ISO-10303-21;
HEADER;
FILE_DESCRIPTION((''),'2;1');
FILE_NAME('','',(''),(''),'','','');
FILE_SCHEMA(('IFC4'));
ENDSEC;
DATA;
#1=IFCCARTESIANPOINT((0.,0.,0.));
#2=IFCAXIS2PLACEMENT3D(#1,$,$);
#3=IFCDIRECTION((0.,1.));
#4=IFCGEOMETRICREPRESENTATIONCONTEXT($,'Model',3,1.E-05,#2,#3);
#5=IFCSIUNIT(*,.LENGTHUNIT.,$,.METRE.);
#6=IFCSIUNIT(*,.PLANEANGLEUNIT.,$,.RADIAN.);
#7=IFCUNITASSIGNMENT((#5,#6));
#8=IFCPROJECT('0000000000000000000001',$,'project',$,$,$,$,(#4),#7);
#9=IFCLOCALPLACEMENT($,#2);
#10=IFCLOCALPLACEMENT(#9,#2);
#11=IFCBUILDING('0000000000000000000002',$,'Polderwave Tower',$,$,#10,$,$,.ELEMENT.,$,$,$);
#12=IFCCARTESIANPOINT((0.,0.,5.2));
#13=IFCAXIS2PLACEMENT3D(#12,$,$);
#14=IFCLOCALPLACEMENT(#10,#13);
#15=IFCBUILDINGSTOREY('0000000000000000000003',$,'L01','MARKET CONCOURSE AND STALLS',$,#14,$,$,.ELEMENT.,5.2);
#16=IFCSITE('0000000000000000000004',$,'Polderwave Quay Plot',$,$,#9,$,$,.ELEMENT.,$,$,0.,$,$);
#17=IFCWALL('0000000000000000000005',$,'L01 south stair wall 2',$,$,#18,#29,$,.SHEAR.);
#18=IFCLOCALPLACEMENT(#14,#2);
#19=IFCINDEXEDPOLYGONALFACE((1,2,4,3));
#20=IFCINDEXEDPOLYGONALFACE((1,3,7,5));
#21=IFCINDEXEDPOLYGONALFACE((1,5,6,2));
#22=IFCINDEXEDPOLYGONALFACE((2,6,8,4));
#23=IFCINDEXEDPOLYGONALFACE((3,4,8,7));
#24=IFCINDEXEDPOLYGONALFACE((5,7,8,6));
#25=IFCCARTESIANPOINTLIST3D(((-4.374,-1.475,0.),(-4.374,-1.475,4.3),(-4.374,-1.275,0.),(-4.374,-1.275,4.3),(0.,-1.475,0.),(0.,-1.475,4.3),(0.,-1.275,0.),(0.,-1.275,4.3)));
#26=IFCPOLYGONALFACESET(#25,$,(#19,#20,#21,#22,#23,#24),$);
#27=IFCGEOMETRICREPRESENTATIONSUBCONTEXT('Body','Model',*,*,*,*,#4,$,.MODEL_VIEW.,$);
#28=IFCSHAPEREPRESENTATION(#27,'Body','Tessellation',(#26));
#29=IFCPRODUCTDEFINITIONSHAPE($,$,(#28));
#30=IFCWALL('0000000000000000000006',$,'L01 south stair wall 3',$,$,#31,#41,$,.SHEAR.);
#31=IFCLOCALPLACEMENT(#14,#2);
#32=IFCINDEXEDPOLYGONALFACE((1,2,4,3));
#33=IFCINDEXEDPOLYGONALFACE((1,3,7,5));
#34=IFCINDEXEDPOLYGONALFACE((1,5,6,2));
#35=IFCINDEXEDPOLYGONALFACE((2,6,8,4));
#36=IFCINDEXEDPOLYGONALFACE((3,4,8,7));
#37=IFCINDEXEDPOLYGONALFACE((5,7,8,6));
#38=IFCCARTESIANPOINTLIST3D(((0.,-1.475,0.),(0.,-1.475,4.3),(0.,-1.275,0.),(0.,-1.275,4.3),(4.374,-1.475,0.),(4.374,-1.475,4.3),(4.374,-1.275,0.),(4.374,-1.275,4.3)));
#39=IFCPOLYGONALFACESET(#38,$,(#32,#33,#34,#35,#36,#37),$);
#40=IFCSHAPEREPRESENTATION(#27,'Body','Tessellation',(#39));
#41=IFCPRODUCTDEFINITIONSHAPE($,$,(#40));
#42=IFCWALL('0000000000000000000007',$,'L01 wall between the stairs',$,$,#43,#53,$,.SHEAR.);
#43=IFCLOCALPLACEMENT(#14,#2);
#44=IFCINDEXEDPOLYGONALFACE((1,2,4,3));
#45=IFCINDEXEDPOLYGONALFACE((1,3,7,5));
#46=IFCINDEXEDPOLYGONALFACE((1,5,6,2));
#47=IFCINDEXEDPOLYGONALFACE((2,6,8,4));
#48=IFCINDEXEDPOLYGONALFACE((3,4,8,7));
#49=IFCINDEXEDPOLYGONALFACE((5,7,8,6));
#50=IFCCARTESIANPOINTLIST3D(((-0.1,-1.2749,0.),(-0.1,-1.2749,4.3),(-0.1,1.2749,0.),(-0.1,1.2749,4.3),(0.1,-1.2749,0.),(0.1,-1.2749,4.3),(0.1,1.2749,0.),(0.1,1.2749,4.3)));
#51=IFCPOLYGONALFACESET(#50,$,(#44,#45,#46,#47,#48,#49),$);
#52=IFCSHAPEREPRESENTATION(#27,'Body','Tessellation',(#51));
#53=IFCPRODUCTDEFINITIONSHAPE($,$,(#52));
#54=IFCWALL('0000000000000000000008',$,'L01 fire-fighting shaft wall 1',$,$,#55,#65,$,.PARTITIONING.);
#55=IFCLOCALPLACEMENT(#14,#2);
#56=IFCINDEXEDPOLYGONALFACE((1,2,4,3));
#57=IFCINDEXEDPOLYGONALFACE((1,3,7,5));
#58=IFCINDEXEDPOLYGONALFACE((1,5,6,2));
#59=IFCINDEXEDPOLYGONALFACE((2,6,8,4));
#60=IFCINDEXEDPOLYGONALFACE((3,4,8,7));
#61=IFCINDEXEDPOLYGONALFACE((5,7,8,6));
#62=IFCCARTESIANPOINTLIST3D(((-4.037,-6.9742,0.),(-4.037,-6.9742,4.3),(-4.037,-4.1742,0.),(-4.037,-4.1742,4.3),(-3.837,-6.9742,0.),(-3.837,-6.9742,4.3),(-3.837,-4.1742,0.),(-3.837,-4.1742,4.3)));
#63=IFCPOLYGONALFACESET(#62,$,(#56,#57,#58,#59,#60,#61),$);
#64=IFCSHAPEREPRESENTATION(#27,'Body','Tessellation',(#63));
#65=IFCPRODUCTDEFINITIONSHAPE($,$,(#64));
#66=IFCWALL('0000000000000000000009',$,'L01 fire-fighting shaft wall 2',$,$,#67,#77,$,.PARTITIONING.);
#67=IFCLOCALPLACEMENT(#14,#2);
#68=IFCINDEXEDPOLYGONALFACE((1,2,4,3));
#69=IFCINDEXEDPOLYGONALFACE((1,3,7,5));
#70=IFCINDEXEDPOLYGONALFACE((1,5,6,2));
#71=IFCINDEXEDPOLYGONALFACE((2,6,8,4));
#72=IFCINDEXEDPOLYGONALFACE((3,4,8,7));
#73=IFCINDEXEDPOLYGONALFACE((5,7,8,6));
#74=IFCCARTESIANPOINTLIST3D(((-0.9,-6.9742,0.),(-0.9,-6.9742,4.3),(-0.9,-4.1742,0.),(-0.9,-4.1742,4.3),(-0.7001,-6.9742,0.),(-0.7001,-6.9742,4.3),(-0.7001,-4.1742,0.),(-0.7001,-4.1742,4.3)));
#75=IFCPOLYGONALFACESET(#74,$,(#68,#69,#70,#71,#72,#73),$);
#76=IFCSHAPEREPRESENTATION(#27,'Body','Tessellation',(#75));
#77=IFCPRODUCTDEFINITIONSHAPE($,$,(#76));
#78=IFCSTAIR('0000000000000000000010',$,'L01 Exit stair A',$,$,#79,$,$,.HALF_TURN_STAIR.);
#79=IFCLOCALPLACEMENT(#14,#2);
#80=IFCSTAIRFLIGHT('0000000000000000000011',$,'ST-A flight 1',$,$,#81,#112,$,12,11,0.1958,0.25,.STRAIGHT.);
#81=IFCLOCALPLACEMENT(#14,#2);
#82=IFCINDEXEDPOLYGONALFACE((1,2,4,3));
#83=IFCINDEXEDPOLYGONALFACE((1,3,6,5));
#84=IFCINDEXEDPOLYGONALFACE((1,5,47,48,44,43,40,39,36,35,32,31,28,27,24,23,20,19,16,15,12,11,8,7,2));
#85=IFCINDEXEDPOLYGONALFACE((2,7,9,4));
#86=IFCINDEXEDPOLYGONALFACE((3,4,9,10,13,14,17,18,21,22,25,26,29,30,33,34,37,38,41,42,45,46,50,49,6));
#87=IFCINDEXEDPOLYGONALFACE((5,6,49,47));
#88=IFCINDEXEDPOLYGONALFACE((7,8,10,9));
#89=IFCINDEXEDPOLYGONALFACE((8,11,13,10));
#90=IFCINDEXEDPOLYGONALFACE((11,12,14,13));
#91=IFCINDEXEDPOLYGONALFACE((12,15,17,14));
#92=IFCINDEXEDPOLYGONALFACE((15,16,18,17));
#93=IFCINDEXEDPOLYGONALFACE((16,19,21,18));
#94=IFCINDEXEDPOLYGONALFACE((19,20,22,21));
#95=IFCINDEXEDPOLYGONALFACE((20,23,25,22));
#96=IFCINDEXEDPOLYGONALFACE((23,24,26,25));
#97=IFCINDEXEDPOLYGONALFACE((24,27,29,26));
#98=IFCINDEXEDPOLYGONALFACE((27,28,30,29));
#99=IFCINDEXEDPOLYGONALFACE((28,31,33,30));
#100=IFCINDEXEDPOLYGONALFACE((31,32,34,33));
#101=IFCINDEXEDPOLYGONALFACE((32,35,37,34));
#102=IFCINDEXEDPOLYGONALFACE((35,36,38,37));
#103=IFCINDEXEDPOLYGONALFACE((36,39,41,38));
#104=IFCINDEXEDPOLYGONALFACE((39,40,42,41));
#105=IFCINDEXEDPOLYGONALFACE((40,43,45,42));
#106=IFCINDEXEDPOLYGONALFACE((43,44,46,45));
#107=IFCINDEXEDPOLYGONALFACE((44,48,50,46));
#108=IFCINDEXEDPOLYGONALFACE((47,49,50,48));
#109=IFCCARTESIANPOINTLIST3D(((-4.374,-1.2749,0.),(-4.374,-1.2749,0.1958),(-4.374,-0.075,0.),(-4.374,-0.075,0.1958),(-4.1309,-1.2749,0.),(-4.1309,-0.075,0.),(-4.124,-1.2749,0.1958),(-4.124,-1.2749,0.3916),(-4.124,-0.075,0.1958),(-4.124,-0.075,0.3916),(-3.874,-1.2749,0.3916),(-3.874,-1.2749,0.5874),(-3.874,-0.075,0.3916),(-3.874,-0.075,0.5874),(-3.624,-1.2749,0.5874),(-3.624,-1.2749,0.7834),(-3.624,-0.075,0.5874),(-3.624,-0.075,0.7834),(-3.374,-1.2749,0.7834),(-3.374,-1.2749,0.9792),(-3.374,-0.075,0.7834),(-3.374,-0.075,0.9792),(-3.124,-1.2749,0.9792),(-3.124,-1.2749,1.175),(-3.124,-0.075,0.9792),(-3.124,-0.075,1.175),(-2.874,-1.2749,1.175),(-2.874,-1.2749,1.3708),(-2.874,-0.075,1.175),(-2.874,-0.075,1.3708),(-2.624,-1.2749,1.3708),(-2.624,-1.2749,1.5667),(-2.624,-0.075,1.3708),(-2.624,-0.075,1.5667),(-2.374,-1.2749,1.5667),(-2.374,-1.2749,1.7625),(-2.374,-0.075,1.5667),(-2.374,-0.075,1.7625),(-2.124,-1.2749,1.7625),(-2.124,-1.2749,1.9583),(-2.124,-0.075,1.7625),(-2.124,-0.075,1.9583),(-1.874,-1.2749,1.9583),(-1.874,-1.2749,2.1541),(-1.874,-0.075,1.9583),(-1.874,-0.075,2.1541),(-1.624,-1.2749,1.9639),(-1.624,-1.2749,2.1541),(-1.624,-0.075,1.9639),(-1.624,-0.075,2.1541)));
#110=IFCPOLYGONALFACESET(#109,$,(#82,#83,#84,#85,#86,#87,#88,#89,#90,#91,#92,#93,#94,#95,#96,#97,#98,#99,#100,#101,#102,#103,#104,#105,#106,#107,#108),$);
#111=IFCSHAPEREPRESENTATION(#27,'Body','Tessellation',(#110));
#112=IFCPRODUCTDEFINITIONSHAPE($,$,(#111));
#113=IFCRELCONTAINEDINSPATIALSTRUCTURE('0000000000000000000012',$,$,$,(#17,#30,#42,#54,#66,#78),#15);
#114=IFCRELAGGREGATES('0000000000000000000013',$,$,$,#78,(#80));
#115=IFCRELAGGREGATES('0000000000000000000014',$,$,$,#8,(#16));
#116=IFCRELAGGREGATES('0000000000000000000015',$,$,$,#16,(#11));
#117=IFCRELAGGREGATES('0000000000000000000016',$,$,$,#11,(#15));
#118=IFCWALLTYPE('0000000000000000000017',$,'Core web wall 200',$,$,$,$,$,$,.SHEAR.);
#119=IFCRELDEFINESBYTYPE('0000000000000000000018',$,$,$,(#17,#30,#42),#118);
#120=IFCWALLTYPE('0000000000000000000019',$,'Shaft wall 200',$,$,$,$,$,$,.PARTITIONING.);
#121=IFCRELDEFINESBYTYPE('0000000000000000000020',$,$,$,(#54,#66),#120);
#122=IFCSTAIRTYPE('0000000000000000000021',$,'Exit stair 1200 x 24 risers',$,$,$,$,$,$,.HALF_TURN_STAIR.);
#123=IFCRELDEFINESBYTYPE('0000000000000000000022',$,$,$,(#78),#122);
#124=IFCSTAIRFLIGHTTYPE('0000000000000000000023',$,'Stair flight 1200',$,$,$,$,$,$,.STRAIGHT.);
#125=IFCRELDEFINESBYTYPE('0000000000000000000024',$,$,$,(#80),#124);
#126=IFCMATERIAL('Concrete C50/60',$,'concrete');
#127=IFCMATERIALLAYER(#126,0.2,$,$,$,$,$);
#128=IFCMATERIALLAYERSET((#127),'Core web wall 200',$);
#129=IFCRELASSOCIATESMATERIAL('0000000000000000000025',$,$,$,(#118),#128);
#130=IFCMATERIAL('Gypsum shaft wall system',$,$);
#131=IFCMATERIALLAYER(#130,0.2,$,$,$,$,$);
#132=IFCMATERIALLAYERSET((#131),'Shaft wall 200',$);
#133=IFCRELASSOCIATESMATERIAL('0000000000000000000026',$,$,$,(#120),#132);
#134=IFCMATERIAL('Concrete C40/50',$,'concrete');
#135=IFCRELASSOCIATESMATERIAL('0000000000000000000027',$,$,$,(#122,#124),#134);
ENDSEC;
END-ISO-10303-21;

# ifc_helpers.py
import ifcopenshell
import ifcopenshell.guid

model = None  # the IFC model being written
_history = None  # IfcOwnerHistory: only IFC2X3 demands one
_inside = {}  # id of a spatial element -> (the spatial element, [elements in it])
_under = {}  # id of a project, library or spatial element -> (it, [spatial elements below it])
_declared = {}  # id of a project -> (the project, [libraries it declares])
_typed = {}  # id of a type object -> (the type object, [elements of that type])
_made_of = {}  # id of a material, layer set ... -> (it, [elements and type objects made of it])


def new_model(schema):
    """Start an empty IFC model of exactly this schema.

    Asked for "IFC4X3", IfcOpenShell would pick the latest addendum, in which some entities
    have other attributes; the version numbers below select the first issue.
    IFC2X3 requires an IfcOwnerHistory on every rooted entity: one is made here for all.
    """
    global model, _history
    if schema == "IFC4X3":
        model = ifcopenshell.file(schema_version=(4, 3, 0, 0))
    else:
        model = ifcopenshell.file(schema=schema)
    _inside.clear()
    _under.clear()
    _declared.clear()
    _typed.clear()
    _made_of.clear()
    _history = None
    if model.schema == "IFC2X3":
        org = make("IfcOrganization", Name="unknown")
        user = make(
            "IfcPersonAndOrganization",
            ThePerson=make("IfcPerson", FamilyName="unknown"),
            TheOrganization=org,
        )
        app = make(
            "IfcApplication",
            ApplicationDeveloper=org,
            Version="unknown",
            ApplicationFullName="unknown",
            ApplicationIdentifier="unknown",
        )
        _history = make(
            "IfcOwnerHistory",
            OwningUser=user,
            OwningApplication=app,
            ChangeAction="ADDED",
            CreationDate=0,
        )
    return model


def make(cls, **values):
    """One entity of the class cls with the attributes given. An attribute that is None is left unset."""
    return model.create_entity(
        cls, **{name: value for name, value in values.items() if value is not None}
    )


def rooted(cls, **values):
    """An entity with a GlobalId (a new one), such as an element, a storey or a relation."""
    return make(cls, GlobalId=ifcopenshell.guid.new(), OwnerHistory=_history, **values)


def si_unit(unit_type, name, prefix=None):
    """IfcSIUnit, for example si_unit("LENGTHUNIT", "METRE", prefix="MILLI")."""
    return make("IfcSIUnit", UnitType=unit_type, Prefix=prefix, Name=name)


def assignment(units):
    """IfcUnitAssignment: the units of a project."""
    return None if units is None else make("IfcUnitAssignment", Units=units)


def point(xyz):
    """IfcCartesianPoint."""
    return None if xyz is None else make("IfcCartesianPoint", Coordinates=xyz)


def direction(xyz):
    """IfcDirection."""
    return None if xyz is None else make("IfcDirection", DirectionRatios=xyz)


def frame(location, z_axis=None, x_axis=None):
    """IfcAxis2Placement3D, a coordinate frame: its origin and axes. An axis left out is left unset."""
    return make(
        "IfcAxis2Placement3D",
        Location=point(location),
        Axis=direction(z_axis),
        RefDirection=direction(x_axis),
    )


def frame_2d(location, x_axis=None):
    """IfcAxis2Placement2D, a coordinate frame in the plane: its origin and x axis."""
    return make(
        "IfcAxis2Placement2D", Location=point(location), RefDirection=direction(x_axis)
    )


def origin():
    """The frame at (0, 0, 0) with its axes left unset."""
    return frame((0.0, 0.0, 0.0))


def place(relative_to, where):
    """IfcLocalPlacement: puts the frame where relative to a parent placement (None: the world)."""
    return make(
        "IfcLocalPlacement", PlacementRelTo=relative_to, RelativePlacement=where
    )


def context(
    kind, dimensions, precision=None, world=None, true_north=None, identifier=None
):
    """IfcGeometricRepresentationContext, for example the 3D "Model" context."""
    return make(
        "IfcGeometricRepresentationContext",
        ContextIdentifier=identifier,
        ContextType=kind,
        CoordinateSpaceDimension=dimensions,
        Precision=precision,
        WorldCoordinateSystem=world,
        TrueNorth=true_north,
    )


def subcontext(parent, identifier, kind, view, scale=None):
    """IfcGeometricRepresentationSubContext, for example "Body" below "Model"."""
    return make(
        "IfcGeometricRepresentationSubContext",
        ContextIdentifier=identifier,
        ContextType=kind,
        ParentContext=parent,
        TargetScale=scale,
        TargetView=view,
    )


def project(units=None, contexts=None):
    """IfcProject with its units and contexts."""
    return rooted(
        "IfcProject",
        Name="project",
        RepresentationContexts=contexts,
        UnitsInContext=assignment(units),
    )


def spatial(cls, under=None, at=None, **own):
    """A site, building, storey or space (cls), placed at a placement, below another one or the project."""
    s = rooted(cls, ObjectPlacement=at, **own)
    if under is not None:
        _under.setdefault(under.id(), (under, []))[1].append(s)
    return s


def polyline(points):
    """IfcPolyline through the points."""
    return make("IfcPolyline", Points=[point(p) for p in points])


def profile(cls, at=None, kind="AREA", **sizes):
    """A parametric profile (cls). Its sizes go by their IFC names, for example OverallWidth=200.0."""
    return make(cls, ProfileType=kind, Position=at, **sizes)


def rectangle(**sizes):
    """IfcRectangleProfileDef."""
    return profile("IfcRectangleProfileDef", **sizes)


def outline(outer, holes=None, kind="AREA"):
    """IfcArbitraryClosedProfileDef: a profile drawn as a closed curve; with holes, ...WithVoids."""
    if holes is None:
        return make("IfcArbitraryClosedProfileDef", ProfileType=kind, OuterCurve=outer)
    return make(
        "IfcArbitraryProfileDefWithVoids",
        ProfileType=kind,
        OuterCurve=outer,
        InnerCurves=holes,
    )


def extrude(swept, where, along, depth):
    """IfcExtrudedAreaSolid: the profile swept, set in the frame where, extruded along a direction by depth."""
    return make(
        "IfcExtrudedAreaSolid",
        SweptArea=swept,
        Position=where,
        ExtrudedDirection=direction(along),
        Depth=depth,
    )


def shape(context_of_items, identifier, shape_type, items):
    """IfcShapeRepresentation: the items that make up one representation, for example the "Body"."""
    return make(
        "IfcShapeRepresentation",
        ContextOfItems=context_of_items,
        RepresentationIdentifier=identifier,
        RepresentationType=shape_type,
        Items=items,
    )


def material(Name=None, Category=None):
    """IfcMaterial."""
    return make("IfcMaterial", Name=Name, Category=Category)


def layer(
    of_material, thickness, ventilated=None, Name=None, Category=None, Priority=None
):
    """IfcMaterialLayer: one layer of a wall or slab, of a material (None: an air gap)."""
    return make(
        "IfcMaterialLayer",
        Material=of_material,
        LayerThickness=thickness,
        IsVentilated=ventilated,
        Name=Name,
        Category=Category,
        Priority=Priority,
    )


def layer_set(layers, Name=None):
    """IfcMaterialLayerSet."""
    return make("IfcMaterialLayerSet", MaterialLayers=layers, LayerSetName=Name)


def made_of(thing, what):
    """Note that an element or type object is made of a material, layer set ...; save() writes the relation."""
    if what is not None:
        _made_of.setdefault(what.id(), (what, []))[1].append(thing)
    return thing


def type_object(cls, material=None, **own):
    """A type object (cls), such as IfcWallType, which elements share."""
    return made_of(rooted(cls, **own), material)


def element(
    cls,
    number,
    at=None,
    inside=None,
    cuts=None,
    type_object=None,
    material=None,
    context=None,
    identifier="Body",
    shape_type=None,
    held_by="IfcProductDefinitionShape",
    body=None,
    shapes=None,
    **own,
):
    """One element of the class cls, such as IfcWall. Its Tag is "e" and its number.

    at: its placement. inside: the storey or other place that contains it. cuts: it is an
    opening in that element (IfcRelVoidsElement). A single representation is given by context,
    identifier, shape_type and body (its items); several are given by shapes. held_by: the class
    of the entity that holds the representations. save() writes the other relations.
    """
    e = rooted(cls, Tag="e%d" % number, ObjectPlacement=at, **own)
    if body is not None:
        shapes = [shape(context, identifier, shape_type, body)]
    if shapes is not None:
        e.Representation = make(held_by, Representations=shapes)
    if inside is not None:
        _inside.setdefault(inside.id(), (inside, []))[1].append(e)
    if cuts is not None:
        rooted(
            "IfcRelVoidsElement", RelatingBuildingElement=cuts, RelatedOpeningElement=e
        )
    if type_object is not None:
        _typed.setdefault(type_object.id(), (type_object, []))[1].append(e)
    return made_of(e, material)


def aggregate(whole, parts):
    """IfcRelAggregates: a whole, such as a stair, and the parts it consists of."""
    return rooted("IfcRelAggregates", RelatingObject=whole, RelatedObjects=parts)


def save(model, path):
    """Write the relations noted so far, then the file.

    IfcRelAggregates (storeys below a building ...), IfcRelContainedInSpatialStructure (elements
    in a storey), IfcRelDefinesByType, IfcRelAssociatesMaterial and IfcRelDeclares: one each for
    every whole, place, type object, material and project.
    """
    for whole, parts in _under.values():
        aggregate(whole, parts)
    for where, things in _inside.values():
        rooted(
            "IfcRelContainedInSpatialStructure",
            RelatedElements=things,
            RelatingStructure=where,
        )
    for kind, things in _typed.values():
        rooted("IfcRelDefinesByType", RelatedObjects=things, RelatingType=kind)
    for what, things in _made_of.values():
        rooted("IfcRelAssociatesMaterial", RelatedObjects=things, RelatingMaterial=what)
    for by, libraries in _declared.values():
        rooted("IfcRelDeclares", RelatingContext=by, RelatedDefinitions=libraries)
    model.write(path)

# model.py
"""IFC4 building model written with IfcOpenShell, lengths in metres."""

from ifc_helpers import new_model, si_unit, direction, frame, frame_2d, origin, place, context, subcontext, project, spatial, polyline, rectangle, outline, extrude, material, layer, layer_set, type_object, element, aggregate, save


model = new_model("IFC4")

# Units and contexts
model_context = context("Model", 3, precision=1e-05, world=origin(), true_north=direction((0.0, 1.0)))
body_context = subcontext(model_context, "Body", "Model", "MODEL_VIEW")
ifc_project = project(units=[si_unit("LENGTHUNIT", "METRE"), si_unit("PLANEANGLEUNIT", "RADIAN")], contexts=[model_context])

# Site, building, storey
site_placement = place(None, origin())
site = spatial("IfcSite", under=ifc_project, at=site_placement, Name="Polderwave Quay Plot", CompositionType="ELEMENT", RefElevation=0.0)
building_placement = place(site_placement, origin())
building = spatial("IfcBuilding", under=site, at=building_placement, Name="Polderwave Tower", CompositionType="ELEMENT")
storey_placement = place(building_placement, frame((0.0, 0.0, 5.2)))
storey = spatial("IfcBuildingStorey", under=building, at=storey_placement, Name="L01", Description="MARKET CONCOURSE AND STALLS", CompositionType="ELEMENT", Elevation=5.2)

# Shared definitions
ifc_material_1 = material(Name="Concrete C40/50", Category="concrete")

# Walls
ifc_material_2 = material(Name="Concrete C50/60", Category="concrete")
ifc_layer_1 = layer(ifc_material_2, 0.2)
ifc_layer_set_1 = layer_set([ifc_layer_1], Name="Core web wall 200")
wall_type_1 = type_object("IfcWallType", Name="Core web wall 200", PredefinedType="SHEAR", material=ifc_layer_set_1)
for number, where, z_axis, x_axis, name in (
    (1, (-4.374, -1.375, 0.0), (0.0, 0.0, 1.0), (1.0, 0.0, 0.0), "L01 south stair wall 2"),
    (2, (0.0, -1.375, 0.0), (0.0, 0.0, 1.0), (1.0, 0.0, 0.0), "L01 south stair wall 3"),
):
    element("IfcWall", number, at=place(storey_placement, frame(where, z_axis=z_axis, x_axis=x_axis)), inside=storey, type_object=wall_type_1, Name=name, PredefinedType="SHEAR", context=body_context, shape_type="SweptSolid", body=[
        extrude(rectangle(XDim=4.374, YDim=0.2, at=frame_2d((2.187, 0.0))), origin(), (0.0, 0.0, 1.0), 4.3),
    ])
wall_1_placement = place(storey_placement, frame((0.0, -1.2749, 0.0), z_axis=(0.0, 0.0, 1.0), x_axis=(0.0, 1.0, 0.0)))
element("IfcWall", 3, at=wall_1_placement, inside=storey, type_object=wall_type_1, Name="L01 wall between the stairs", PredefinedType="SHEAR", context=body_context, shape_type="SweptSolid", body=[
    extrude(rectangle(XDim=2.5498, YDim=0.2, at=frame_2d((1.2749, 0.0))), origin(), (0.0, 0.0, 1.0), 4.3),
])
ifc_material_3 = material(Name="Gypsum shaft wall system")
ifc_layer_2 = layer(ifc_material_3, 0.2)
ifc_layer_set_2 = layer_set([ifc_layer_2], Name="Shaft wall 200")
wall_type_2 = type_object("IfcWallType", Name="Shaft wall 200", PredefinedType="PARTITIONING", material=ifc_layer_set_2)
for number, where, z_axis, x_axis, name in (
    (4, (-3.937, -6.9741, 0.0), (0.0, 0.0, 1.0), (0.0, 1.0, 0.0), "L01 fire-fighting shaft wall 1"),
    (5, (-0.8, -6.9741, 0.0), (0.0, 0.0, 1.0), (0.0, 1.0, 0.0), "L01 fire-fighting shaft wall 2"),
):
    element("IfcWall", number, at=place(storey_placement, frame(where, z_axis=z_axis, x_axis=x_axis)), inside=storey, type_object=wall_type_2, Name=name, PredefinedType="PARTITIONING", context=body_context, shape_type="SweptSolid", body=[
        extrude(rectangle(XDim=2.8, YDim=0.2, at=frame_2d((1.3999, 0.0))), origin(), (0.0, 0.0, 1.0), 4.3),
    ])

# Stair, stair flight
stair_type = type_object("IfcStairType", Name="Exit stair 1200 x 24 risers", PredefinedType="HALF_TURN_STAIR", material=ifc_material_1)
stair_placement = place(storey_placement, origin())
stair = element("IfcStair", 6, at=stair_placement, inside=storey, type_object=stair_type, Name="L01 Exit stair A", PredefinedType="HALF_TURN_STAIR")
stair_flight_type = type_object("IfcStairFlightType", Name="Stair flight 1200", PredefinedType="STRAIGHT", material=ifc_material_1)
stair_flight_placement = place(storey_placement, frame((-4.374, -0.675, 0.0), z_axis=(0.0, 0.0, 1.0), x_axis=(1.0, 0.0, 0.0)))
stair_flight = element("IfcStairFlight", 7, at=stair_flight_placement, type_object=stair_flight_type, Name="ST-A flight 1", NumberOfRisers=12, NumberOfTreads=11, PredefinedType="STRAIGHT", RiserHeight=0.1958, TreadLength=0.25, context=body_context, shape_type="SweptSolid", body=[
    extrude(outline(polyline([(0.0, 0.0), (0.0, 0.1958), (0.25, 0.1958), (0.25, 0.3916), (0.5, 0.3916), (0.5, 0.5874), (0.75, 0.5874), (0.75, 0.7834), (1.0, 0.7834), (1.0, 0.9792), (1.25, 0.9792), (1.25, 1.175), (1.5, 1.175), (1.5, 1.3708), (1.75, 1.3708), (1.75, 1.5667), (2.0, 1.5667), (2.0, 1.7625), (2.25, 1.7625), (2.25, 1.9583), (2.5, 1.9583), (2.5, 2.1541), (2.75, 2.1541), (2.75, 2.3501), (2.75, 1.9639), (0.2432, 0.0), (0.0, 0.0)])), frame((0.0, 0.6001, 0.0), z_axis=(0.0, -1.0, 0.0), x_axis=(1.0, 0.0, 0.0)), (0.0, 0.0, 1.0), 1.2),
])
aggregate(stair, [stair_flight])

save(model, "model.ifc")
